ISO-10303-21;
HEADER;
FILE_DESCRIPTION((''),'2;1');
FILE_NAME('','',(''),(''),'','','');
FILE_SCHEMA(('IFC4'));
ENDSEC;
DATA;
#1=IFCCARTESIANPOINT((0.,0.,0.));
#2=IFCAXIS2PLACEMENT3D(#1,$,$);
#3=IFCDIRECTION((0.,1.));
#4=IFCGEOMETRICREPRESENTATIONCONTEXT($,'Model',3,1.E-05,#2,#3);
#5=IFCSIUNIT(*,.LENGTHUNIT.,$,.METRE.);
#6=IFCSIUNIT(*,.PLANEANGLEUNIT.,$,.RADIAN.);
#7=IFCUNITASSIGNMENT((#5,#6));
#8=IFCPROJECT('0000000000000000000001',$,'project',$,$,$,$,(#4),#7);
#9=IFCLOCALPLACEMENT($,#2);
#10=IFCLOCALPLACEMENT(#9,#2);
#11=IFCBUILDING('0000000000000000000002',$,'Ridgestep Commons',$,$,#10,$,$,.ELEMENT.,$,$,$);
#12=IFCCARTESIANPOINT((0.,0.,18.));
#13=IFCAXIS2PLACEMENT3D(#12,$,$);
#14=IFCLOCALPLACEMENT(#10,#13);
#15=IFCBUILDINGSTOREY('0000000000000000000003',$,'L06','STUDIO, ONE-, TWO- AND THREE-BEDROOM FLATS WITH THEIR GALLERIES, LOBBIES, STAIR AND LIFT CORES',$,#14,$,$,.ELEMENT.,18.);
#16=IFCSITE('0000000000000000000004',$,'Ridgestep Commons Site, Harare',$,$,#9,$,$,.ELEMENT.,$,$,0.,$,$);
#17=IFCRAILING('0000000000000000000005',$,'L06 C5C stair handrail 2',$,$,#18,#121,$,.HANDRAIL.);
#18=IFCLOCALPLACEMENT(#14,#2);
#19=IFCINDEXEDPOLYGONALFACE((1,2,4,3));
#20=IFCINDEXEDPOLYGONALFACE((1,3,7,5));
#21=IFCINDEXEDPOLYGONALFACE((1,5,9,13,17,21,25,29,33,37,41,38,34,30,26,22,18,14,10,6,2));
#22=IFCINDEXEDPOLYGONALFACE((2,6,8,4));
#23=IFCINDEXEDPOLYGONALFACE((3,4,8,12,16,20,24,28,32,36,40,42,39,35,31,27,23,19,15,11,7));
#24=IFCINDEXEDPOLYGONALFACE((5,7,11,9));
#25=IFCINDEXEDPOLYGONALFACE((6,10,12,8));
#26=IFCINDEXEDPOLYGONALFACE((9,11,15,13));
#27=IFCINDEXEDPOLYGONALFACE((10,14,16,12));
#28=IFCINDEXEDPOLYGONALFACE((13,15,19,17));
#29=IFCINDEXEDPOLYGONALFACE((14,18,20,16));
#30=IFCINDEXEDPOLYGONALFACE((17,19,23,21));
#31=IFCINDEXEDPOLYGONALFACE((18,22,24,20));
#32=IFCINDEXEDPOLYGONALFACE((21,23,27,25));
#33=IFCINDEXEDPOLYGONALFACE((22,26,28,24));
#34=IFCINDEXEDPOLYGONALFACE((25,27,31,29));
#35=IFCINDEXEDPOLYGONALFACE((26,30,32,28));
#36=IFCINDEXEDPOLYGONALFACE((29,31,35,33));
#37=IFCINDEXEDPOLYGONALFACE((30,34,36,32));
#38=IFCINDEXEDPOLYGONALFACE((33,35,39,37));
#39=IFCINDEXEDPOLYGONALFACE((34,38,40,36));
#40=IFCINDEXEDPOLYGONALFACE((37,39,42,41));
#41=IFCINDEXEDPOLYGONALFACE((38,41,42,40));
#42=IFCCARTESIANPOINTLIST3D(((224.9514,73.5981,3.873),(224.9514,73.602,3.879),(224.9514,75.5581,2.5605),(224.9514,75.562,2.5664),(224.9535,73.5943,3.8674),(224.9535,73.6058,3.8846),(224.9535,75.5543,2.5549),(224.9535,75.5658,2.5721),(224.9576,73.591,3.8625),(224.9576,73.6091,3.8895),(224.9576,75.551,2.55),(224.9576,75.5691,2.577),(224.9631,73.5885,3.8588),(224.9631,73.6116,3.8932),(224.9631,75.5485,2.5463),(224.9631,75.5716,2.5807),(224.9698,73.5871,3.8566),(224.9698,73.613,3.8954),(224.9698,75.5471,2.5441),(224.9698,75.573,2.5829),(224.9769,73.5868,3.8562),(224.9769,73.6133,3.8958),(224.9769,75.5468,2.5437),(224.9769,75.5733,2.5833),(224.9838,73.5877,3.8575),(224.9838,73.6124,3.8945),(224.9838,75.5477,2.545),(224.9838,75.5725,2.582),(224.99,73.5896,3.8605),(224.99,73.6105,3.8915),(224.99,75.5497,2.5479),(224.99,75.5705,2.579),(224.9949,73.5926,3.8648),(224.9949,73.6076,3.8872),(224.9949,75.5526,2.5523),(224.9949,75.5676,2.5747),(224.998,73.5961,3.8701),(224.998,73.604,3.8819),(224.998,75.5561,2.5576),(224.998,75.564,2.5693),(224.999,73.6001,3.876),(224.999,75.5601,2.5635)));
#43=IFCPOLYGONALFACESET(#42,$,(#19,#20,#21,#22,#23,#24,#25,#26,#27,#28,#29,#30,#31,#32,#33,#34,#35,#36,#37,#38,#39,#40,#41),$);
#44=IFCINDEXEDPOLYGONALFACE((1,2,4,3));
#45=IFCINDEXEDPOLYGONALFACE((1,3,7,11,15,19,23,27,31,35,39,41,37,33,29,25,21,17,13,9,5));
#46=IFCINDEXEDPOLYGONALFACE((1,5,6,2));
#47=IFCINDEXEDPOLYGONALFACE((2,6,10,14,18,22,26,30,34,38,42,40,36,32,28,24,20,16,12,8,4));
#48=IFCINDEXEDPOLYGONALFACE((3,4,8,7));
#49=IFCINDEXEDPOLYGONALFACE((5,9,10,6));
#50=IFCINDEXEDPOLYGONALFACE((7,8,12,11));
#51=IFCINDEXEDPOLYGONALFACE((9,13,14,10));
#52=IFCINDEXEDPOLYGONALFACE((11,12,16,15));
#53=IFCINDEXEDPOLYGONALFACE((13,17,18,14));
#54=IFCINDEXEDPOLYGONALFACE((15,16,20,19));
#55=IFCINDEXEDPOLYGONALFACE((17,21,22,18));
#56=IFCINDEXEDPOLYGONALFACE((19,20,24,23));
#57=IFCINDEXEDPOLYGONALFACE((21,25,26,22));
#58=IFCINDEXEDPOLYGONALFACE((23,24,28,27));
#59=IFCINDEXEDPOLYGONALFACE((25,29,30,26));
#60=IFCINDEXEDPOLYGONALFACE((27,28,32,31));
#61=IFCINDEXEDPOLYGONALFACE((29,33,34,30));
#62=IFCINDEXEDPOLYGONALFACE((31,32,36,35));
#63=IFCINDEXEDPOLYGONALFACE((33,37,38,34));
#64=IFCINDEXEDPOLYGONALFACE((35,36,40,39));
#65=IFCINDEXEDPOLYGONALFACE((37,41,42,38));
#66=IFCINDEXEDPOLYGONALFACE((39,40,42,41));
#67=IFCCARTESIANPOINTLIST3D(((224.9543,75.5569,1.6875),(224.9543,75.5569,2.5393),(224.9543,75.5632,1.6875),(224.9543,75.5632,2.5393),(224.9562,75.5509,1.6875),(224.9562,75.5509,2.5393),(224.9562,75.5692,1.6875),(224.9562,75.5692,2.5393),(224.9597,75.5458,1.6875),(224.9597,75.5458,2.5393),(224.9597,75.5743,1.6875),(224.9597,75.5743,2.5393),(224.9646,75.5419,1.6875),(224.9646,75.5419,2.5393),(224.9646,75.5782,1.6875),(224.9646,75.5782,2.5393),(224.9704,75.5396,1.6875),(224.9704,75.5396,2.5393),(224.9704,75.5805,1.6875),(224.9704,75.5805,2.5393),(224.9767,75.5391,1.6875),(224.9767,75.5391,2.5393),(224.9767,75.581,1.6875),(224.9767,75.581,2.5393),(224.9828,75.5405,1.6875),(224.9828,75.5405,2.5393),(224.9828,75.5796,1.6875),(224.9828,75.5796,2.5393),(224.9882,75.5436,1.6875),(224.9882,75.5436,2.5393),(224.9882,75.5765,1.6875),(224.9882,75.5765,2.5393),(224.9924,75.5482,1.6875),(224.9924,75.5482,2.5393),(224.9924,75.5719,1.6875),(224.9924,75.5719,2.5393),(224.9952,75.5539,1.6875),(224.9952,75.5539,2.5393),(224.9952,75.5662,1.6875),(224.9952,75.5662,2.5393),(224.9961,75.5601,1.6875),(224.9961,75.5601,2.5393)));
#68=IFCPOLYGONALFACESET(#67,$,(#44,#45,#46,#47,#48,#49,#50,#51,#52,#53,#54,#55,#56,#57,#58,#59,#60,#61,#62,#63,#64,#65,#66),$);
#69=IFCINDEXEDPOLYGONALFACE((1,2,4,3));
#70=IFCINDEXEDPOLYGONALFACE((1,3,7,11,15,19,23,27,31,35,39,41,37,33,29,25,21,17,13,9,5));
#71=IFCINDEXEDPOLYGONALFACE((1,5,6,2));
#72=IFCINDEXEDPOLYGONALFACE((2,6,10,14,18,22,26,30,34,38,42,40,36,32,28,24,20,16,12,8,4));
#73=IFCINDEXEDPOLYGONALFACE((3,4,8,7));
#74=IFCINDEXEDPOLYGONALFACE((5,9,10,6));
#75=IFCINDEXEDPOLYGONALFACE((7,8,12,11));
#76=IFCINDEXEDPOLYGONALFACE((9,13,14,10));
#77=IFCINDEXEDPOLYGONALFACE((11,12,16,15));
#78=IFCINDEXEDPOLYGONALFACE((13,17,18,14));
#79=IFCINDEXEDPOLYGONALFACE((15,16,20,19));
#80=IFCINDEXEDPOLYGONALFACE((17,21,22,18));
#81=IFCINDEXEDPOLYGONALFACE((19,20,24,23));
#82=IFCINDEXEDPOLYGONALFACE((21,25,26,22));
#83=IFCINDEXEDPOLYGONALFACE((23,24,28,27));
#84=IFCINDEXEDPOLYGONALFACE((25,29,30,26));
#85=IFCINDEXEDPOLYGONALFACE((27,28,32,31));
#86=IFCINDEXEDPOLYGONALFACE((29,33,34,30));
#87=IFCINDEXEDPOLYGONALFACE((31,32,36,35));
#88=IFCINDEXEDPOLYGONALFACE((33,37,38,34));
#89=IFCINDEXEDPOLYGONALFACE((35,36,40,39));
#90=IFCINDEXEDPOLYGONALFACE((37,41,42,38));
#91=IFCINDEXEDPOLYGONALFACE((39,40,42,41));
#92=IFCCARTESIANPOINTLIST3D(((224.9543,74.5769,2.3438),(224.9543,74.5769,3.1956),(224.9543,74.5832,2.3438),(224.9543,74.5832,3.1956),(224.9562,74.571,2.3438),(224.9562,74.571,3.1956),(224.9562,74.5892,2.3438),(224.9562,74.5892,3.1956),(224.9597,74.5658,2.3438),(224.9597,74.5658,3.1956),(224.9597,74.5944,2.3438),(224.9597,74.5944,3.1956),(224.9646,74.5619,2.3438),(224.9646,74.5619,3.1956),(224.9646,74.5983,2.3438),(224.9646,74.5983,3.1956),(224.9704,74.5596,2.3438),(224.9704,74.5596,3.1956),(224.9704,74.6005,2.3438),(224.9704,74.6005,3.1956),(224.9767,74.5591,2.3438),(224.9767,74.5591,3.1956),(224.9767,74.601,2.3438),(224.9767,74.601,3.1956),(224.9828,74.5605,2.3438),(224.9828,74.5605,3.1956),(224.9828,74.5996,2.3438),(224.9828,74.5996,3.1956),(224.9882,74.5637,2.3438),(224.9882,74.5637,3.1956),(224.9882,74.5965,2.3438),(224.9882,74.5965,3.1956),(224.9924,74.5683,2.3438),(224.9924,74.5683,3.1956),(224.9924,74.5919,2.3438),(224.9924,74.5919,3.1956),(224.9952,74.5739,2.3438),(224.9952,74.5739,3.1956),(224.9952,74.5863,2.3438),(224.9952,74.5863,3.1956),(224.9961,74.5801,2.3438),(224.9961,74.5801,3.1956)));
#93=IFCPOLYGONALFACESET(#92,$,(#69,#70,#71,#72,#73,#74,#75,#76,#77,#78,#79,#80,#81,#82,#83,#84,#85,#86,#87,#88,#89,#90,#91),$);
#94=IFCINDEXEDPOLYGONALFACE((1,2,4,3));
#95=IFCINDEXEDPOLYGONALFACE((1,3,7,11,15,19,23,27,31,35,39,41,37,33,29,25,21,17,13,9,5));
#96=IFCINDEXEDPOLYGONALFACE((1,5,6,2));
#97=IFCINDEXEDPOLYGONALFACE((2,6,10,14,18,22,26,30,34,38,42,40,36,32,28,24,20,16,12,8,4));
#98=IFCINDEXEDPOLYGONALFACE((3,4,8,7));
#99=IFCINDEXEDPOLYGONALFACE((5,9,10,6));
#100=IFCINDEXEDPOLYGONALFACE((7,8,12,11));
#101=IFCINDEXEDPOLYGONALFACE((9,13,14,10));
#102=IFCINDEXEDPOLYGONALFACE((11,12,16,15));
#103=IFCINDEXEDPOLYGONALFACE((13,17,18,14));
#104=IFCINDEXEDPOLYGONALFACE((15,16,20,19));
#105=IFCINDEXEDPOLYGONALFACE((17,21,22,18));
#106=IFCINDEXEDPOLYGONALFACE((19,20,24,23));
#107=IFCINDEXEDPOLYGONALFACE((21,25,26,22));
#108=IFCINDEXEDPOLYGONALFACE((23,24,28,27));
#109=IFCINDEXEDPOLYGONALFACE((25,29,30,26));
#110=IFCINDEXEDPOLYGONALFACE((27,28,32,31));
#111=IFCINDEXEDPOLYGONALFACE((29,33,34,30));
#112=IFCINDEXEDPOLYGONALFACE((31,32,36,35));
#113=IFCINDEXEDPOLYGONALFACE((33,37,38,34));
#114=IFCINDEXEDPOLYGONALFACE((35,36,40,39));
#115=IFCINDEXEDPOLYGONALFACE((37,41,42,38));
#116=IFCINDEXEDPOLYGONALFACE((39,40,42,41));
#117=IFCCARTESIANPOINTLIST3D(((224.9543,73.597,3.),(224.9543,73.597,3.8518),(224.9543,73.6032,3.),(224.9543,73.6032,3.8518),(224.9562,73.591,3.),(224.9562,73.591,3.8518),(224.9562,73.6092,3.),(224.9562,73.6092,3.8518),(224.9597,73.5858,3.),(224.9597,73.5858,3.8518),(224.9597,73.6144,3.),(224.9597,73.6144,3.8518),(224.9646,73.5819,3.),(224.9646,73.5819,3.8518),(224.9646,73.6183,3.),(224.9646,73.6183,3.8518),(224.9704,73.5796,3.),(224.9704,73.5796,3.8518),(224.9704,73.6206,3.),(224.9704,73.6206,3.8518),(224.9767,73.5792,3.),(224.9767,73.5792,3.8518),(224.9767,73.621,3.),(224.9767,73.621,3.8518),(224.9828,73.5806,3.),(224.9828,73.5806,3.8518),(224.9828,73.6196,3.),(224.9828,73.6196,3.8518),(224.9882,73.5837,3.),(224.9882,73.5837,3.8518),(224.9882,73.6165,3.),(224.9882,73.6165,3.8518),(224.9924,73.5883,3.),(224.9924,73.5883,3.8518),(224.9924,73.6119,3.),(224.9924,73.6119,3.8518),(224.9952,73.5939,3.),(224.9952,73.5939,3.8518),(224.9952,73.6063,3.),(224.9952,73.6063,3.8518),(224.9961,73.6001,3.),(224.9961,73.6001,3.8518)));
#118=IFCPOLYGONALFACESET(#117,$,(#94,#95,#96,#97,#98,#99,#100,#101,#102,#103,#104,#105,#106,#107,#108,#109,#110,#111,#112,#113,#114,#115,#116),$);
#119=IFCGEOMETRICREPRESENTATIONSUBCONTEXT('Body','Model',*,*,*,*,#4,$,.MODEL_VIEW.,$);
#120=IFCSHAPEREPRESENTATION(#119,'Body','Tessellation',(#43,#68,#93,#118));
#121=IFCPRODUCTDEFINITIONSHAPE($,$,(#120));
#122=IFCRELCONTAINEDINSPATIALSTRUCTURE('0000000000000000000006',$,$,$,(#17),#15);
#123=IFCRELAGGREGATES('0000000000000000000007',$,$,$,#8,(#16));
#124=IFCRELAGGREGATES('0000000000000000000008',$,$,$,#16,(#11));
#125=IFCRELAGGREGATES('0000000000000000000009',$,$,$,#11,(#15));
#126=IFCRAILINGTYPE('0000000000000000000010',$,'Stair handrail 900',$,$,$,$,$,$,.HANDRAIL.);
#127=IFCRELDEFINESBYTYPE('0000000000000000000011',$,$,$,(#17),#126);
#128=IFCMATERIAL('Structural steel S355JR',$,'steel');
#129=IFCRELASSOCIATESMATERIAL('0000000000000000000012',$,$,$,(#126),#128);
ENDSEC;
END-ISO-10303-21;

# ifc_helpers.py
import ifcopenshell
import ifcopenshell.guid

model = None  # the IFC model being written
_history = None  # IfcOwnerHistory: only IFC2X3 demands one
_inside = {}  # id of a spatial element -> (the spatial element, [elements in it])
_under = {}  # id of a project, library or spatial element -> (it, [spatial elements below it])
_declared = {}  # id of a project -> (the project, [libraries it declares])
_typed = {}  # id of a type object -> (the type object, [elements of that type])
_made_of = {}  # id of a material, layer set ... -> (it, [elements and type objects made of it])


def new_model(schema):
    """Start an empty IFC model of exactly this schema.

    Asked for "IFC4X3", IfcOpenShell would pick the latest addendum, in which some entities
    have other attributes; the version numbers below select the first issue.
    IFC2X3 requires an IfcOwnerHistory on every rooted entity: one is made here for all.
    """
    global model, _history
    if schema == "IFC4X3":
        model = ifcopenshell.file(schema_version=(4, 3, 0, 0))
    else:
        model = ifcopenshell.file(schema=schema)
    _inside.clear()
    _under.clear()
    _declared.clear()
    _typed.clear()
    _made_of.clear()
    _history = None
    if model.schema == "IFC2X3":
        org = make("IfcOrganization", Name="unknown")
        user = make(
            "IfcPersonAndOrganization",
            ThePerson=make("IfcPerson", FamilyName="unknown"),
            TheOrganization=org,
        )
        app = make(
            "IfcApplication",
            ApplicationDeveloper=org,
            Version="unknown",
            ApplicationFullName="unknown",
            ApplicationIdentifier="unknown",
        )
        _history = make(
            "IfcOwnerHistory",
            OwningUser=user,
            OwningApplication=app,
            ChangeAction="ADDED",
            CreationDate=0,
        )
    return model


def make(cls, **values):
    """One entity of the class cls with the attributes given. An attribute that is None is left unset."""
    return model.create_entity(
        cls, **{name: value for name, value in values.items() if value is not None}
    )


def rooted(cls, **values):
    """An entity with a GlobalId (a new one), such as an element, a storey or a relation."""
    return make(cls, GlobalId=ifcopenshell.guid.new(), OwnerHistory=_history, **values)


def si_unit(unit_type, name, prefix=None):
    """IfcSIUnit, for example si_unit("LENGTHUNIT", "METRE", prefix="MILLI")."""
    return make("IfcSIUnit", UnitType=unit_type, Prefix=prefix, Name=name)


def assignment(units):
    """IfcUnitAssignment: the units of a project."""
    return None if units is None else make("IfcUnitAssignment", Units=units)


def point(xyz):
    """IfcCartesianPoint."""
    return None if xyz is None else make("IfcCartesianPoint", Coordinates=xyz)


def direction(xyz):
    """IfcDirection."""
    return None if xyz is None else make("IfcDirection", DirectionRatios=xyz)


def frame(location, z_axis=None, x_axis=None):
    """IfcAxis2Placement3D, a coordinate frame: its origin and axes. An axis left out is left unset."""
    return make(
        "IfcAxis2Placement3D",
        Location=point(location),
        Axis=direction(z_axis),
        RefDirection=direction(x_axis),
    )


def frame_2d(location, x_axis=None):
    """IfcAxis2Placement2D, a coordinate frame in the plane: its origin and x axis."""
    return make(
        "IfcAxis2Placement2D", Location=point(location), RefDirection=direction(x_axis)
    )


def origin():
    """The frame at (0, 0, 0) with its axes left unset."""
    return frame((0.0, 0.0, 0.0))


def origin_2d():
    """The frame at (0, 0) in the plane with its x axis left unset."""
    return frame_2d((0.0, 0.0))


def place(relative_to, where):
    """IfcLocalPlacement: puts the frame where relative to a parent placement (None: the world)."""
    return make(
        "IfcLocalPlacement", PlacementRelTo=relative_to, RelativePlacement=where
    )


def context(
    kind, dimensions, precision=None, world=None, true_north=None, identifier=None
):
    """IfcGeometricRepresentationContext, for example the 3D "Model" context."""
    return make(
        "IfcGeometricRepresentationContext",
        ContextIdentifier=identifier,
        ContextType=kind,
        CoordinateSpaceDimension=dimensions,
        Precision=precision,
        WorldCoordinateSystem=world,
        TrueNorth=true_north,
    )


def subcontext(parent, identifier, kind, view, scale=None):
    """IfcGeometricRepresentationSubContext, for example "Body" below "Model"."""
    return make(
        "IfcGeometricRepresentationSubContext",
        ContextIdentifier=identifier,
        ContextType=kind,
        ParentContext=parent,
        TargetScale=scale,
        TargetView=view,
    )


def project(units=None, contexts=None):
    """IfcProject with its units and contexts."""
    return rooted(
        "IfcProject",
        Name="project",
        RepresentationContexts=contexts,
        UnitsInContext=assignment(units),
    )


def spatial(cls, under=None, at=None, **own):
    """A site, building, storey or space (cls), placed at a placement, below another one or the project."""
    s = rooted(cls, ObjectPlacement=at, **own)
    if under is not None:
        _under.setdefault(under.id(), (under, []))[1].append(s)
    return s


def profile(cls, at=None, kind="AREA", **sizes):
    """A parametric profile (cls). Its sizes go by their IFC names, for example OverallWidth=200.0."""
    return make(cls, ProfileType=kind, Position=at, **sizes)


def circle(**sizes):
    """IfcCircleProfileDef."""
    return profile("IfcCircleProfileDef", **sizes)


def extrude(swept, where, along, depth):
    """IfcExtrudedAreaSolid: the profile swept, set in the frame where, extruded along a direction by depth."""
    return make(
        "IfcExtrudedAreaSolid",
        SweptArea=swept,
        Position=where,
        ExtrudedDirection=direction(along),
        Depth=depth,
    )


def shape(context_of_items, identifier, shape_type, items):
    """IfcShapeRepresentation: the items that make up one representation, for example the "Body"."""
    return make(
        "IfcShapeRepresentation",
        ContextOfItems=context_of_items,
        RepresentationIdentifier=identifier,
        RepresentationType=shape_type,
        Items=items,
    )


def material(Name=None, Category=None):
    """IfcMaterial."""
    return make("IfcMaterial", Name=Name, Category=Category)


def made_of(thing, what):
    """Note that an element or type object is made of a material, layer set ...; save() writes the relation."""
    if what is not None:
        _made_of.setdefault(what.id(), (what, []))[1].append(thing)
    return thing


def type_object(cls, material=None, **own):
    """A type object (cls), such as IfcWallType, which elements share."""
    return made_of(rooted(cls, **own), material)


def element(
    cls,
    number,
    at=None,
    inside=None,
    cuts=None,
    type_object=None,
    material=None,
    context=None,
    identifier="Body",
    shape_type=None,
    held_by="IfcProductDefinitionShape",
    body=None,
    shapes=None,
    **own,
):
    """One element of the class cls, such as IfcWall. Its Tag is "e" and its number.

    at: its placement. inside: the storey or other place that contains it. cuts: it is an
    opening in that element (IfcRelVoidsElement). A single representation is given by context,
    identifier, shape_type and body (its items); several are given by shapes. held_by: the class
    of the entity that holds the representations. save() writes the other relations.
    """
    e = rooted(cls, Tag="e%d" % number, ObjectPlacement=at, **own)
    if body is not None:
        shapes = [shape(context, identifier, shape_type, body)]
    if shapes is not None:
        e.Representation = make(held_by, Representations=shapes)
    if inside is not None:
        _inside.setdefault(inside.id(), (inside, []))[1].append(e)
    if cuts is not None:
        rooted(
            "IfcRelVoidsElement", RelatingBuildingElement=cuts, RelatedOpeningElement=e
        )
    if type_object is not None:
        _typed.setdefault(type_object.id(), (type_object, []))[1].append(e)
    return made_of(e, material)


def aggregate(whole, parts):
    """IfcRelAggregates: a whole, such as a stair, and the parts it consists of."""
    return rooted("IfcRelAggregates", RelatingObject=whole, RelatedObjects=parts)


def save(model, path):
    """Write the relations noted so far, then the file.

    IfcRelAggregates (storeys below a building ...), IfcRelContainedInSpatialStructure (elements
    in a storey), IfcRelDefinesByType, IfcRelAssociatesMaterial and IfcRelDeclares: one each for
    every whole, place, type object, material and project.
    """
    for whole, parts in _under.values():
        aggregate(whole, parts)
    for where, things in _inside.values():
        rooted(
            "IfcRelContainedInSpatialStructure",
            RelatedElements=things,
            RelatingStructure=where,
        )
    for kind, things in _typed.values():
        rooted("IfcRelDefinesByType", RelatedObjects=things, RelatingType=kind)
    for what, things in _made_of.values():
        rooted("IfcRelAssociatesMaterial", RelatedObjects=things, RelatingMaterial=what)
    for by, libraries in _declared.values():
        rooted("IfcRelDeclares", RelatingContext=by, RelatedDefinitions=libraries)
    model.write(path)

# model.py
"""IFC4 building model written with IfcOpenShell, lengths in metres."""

from ifc_helpers import new_model, si_unit, direction, frame, origin, origin_2d, place, context, subcontext, project, spatial, circle, extrude, material, type_object, element, save


model = new_model("IFC4")

# Units and contexts
model_context = context("Model", 3, precision=1e-05, world=origin(), true_north=direction((0.0, 1.0)))
body_context = subcontext(model_context, "Body", "Model", "MODEL_VIEW")
ifc_project = project(units=[si_unit("LENGTHUNIT", "METRE"), si_unit("PLANEANGLEUNIT", "RADIAN")], contexts=[model_context])

# Site, building, storey
site_placement = place(None, origin())
site = spatial("IfcSite", under=ifc_project, at=site_placement, Name="Ridgestep Commons Site, Harare", CompositionType="ELEMENT", RefElevation=0.0)
building_placement = place(site_placement, origin())
building = spatial("IfcBuilding", under=site, at=building_placement, Name="Ridgestep Commons", CompositionType="ELEMENT")
storey_placement = place(building_placement, frame((0.0, 0.0, 18.0)))
storey = spatial("IfcBuildingStorey", under=building, at=storey_placement, Name="L06", Description="STUDIO, ONE-, TWO- AND THREE-BEDROOM FLATS WITH THEIR GALLERIES, LOBBIES, STAIR AND LIFT CORES", CompositionType="ELEMENT", Elevation=18.0)

# Railing
ifc_material_1 = material(Name="Structural steel S355JR", Category="steel")
railing_type_1 = type_object("IfcRailingType", Name="Stair handrail 900", PredefinedType="HANDRAIL", material=ifc_material_1)
railing_1_placement = place(storey_placement, frame((224.9751, 75.5601, 1.6875)))
element("IfcRailing", 1, at=railing_1_placement, inside=storey, type_object=railing_type_1, Name="L06 C5C stair handrail 2", PredefinedType="HANDRAIL", context=body_context, shape_type="SweptSolid", body=[
    extrude(circle(Radius=0.0239, at=origin_2d()), frame((0.0, 0.0, 0.876), z_axis=(0.0, -0.830902, 0.556419), x_axis=(1.0, 0.0, 0.0)), (0.0, 0.0, 1.0), 2.3589),
    extrude(circle(Radius=0.021, at=origin_2d()), origin(), (0.0, 0.0, 1.0), 0.8518),
    extrude(circle(Radius=0.021, at=origin_2d()), frame((0.0, -0.98, 0.6562)), (0.0, 0.0, 1.0), 0.8518),
    extrude(circle(Radius=0.021, at=origin_2d()), frame((0.0, -1.96, 1.3125)), (0.0, 0.0, 1.0), 0.8518),
])

save(model, "model.ifc")
